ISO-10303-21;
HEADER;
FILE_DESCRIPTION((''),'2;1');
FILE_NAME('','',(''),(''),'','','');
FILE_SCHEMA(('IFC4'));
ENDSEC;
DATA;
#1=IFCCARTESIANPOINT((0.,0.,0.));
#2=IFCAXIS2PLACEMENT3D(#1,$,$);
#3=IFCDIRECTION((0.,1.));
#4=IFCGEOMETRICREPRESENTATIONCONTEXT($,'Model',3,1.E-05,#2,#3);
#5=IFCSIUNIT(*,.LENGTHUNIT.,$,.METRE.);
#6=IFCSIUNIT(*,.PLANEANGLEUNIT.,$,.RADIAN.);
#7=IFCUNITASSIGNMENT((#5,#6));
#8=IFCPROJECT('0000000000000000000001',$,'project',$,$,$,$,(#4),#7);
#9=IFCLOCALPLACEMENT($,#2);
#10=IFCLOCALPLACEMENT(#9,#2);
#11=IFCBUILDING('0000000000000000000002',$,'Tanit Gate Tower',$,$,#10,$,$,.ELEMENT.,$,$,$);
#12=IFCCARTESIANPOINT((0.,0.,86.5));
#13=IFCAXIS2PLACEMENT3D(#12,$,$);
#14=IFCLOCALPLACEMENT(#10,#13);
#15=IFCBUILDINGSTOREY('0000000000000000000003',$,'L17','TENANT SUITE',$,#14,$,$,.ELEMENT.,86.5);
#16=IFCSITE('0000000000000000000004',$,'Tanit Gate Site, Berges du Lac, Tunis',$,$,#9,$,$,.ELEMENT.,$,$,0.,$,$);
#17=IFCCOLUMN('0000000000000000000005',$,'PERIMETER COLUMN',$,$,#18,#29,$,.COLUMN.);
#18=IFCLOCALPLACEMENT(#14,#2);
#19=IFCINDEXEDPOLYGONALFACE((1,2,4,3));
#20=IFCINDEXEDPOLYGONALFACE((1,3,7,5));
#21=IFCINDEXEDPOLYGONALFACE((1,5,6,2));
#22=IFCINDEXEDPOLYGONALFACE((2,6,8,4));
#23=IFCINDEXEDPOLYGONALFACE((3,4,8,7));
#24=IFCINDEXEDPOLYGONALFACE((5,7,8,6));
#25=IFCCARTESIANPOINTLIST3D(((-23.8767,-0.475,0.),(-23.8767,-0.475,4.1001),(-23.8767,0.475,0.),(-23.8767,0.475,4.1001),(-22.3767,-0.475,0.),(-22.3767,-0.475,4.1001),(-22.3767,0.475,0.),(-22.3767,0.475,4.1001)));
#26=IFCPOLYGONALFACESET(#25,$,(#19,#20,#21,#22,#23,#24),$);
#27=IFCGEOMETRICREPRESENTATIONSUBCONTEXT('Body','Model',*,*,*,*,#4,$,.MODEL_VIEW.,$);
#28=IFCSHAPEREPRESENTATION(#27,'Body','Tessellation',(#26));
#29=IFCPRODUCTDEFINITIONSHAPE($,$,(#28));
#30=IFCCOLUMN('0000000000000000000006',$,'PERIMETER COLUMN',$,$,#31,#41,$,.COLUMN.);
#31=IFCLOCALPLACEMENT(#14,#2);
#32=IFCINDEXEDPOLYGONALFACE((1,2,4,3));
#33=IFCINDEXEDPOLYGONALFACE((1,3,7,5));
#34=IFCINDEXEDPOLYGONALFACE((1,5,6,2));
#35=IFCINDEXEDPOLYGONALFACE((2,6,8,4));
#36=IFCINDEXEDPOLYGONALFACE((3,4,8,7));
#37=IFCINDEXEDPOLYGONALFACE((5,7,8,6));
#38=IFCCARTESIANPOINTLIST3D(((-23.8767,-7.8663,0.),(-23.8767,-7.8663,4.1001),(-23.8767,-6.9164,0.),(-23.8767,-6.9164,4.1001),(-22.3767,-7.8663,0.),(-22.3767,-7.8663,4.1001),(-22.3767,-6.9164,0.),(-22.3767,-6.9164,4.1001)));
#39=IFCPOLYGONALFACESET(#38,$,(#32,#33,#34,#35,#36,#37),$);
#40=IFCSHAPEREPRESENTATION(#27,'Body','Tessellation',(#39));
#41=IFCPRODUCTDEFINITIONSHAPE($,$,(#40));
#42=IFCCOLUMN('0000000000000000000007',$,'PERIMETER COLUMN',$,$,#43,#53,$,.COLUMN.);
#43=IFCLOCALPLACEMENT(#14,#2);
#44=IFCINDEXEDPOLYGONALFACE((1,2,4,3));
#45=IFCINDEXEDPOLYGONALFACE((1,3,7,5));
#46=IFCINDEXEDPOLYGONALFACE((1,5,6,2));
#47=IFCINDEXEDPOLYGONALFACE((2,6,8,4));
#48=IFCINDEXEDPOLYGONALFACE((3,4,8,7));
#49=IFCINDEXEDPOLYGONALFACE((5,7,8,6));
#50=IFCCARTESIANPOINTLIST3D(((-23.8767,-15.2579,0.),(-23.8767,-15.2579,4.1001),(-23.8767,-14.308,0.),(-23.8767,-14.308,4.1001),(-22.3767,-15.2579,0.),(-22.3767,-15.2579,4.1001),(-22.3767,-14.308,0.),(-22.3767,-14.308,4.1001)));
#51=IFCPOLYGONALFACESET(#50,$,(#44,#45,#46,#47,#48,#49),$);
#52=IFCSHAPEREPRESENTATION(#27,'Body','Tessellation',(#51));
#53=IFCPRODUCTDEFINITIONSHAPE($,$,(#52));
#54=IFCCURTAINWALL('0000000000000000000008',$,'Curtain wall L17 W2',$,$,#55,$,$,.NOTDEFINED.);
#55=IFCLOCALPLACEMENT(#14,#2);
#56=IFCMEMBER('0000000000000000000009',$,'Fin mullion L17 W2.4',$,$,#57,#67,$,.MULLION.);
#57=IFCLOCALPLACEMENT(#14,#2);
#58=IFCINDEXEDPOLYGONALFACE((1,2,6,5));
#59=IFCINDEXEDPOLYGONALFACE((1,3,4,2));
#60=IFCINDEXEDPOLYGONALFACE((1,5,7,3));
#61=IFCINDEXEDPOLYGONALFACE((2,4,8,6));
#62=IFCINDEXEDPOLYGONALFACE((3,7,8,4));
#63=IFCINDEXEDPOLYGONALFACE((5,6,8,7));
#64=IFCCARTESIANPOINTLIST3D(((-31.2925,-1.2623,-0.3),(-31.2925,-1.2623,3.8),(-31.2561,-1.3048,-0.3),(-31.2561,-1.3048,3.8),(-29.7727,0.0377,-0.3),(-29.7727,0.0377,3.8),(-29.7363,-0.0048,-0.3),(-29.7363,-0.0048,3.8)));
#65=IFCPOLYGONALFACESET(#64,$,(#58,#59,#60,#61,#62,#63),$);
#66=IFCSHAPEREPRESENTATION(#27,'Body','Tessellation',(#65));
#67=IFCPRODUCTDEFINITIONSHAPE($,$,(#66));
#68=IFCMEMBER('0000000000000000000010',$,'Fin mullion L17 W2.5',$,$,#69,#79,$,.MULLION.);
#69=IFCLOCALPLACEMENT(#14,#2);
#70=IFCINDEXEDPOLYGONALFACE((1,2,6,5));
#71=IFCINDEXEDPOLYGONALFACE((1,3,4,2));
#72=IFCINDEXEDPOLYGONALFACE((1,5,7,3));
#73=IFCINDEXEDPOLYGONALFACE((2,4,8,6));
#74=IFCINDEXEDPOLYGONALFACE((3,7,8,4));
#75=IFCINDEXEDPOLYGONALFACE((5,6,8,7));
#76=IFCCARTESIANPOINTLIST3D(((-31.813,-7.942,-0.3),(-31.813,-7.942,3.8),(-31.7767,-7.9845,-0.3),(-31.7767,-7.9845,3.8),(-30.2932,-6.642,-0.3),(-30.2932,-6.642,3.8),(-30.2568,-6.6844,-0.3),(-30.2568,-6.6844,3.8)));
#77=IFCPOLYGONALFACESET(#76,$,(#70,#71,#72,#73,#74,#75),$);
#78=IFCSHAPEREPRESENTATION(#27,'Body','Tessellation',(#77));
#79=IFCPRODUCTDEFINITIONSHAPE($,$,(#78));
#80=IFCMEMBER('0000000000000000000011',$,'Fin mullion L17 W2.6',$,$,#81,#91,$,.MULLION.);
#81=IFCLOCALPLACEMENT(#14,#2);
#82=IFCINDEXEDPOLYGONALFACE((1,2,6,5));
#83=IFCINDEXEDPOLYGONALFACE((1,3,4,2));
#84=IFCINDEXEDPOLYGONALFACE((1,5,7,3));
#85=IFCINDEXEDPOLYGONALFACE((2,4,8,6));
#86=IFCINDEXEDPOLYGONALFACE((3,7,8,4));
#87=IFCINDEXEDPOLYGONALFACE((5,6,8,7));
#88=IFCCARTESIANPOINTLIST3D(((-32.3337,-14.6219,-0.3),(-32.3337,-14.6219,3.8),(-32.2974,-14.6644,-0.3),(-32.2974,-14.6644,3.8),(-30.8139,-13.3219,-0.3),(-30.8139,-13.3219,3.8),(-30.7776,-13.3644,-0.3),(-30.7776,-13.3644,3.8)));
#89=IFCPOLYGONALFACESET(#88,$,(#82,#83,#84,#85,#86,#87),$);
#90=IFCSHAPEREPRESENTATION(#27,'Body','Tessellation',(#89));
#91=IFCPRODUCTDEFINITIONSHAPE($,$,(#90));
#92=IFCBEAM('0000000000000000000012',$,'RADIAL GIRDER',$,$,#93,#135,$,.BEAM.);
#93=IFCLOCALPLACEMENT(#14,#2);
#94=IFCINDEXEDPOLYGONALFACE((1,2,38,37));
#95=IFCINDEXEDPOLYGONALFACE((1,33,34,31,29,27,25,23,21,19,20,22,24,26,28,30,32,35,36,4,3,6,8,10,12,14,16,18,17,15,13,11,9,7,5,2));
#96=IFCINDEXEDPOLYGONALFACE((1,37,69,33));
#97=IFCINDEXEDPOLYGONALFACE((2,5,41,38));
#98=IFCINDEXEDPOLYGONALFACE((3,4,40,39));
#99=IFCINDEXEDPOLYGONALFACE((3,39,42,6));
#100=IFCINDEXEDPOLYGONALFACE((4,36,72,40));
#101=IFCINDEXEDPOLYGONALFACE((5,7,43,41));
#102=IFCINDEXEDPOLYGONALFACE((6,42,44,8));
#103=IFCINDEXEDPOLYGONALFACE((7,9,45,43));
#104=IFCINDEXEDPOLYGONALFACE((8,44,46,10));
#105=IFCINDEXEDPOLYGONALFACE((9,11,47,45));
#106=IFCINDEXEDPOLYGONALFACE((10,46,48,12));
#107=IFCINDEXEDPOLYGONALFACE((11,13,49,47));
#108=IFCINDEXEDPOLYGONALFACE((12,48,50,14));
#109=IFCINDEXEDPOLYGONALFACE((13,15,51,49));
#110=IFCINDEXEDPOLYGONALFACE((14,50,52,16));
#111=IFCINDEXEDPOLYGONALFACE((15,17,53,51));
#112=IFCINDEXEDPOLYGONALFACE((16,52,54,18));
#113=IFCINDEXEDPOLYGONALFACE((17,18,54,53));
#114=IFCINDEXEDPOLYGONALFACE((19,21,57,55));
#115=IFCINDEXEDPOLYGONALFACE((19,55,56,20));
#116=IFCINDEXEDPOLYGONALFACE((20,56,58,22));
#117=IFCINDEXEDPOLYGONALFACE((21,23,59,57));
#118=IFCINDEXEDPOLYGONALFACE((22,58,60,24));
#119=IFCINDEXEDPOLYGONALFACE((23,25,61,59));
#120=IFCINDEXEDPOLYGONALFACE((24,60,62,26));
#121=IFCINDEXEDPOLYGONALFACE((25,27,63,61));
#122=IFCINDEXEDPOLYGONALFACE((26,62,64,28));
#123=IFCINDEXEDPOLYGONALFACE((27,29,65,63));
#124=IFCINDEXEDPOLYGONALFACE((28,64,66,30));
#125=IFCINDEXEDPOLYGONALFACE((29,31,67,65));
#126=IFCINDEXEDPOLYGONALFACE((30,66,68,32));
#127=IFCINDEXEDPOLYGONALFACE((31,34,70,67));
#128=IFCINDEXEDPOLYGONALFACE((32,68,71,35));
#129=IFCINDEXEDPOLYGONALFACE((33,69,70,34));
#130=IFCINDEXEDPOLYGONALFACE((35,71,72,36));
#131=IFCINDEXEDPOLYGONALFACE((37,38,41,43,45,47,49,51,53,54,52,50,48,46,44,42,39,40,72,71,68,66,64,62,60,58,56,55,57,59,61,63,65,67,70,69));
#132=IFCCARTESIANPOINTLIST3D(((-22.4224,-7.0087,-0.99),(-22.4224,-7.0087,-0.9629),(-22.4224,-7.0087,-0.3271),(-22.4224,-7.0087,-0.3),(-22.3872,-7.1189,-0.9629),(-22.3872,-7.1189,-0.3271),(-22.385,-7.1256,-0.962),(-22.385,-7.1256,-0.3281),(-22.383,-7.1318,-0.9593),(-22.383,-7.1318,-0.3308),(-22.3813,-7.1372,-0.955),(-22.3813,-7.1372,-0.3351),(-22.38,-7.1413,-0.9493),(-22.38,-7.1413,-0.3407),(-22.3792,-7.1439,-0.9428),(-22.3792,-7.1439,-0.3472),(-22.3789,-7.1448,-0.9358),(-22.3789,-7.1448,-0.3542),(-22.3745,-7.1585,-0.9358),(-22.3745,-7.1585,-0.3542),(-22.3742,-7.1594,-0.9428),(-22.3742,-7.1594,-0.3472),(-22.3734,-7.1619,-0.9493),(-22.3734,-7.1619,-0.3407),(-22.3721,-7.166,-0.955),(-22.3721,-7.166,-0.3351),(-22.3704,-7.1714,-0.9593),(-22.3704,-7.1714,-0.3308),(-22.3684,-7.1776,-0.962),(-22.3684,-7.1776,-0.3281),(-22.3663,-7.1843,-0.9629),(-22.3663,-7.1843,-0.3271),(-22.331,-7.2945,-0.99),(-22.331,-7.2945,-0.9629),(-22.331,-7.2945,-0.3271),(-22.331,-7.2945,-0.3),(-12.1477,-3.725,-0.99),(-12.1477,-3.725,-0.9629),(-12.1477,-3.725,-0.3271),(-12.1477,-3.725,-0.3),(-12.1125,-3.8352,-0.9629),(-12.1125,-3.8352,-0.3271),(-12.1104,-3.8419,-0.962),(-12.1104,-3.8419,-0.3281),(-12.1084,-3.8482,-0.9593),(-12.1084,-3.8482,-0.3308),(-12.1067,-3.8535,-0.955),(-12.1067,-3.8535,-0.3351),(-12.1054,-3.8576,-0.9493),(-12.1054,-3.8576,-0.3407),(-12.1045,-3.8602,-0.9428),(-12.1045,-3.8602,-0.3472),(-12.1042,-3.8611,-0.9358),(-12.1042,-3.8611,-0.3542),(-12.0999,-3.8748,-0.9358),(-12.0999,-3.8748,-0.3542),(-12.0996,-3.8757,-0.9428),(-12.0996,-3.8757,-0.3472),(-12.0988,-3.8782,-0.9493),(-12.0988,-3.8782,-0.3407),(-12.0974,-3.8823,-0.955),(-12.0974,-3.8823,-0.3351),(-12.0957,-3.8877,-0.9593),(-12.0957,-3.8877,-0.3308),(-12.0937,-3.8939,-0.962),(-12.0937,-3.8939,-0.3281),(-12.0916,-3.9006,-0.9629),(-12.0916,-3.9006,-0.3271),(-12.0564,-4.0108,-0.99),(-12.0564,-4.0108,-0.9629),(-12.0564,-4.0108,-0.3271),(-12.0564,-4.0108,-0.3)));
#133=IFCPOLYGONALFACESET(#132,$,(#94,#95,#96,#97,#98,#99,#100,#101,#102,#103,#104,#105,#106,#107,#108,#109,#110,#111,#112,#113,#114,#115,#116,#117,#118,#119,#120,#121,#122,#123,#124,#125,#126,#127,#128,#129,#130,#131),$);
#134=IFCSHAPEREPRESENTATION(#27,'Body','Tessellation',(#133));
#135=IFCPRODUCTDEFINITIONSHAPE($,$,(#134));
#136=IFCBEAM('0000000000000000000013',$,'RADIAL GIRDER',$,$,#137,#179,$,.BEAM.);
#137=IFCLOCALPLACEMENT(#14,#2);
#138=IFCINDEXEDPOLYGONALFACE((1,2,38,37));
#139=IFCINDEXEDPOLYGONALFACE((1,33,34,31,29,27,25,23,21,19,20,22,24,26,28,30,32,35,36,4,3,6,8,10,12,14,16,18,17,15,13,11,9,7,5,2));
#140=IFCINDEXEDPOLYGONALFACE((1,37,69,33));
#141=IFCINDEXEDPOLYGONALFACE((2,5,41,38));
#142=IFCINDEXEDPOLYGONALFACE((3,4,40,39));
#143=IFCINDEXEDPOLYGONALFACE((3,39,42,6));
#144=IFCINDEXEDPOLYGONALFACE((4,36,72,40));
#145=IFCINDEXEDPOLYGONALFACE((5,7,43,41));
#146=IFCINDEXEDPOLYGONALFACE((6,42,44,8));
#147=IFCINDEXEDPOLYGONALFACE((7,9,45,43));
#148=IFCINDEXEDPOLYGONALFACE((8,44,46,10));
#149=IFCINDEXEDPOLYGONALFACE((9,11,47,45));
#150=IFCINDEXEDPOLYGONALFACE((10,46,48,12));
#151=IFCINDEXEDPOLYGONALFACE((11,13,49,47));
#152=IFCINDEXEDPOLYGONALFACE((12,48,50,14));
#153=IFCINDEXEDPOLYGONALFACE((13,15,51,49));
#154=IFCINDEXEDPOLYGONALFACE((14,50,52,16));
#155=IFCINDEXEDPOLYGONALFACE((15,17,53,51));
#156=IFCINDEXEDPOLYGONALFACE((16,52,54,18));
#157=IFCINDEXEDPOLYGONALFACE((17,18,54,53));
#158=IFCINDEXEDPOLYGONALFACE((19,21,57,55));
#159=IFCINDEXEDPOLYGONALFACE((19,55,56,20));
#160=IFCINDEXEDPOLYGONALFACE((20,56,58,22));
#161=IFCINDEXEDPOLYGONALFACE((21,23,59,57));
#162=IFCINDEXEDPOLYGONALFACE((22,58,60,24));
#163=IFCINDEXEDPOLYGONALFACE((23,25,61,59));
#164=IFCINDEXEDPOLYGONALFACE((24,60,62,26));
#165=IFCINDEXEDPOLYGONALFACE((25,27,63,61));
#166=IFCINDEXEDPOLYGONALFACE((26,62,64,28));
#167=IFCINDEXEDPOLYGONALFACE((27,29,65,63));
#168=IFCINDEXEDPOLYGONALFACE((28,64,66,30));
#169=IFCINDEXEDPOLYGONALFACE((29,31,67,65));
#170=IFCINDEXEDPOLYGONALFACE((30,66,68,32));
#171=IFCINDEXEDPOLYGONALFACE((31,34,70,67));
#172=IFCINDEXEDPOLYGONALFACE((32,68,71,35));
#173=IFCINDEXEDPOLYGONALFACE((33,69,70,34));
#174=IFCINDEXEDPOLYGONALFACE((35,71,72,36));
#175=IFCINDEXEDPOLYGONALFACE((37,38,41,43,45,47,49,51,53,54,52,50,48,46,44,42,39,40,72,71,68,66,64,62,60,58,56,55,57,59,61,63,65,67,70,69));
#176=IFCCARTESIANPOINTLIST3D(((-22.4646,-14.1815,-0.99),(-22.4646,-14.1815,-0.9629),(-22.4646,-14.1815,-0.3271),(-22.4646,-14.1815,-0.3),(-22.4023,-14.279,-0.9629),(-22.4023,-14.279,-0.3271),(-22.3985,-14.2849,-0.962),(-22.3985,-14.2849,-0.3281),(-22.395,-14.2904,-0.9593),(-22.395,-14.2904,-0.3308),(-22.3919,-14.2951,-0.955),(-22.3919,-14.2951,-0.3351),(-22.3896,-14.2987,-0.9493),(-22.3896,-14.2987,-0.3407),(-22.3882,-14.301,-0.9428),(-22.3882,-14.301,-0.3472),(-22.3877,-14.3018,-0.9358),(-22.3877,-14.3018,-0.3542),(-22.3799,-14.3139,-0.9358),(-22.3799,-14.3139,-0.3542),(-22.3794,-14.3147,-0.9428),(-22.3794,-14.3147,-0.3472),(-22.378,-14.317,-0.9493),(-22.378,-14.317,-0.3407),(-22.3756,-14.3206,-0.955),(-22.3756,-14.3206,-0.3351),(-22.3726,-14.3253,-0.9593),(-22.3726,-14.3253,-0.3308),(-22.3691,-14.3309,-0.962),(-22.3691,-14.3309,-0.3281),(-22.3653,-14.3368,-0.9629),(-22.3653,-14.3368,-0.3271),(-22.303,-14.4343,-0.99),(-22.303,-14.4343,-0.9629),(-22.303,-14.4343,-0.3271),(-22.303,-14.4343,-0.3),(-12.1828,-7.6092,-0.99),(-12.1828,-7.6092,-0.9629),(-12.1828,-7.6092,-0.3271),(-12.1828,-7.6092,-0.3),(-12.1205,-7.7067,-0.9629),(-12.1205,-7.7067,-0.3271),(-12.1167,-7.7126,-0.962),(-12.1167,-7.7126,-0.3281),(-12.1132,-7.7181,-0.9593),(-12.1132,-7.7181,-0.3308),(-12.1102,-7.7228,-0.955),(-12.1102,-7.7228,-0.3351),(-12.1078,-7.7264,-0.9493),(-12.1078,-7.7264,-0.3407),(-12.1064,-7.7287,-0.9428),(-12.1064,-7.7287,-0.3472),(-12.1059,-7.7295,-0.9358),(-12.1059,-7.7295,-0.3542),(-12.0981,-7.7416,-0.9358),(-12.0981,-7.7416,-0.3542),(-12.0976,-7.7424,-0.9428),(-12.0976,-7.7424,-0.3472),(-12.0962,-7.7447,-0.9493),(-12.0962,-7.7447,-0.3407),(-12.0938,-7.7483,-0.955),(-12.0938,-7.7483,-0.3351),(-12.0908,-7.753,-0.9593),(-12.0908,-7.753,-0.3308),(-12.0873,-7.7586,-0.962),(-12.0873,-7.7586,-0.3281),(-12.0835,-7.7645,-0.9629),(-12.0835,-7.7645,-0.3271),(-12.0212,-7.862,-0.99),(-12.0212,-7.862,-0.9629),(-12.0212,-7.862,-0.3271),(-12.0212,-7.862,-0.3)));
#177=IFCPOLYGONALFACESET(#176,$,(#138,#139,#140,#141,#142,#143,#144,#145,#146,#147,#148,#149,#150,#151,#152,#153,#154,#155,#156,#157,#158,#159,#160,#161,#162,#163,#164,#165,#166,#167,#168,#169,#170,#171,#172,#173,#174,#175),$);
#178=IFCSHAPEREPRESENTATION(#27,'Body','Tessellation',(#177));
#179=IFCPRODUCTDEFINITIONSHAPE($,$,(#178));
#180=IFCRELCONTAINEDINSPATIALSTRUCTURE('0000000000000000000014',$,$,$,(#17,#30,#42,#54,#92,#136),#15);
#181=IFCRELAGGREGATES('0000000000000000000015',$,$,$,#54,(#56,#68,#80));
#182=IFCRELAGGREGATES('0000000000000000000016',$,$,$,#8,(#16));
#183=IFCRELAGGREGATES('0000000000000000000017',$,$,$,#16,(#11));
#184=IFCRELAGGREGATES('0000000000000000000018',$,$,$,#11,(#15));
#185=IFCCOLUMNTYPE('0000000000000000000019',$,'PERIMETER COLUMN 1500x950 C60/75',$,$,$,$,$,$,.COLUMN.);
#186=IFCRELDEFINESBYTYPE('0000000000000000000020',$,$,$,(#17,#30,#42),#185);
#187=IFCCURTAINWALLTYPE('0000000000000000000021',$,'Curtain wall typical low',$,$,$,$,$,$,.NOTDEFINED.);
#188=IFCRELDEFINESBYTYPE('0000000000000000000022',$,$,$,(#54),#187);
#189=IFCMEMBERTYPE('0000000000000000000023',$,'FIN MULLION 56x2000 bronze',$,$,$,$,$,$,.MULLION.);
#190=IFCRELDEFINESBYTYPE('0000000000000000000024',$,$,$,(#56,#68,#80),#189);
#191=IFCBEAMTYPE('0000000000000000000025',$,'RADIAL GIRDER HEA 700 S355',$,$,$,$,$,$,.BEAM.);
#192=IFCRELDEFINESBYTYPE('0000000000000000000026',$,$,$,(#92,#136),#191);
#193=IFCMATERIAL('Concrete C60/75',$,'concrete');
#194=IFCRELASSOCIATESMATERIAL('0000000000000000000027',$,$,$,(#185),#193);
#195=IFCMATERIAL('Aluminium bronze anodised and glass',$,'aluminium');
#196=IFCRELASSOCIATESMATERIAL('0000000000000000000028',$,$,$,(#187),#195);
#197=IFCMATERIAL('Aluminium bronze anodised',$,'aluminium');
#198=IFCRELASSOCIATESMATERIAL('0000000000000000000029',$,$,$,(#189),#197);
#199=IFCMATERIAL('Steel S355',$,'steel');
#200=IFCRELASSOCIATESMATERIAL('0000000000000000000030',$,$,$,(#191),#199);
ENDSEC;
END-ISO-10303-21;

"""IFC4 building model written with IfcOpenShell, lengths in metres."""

from ifc_helpers import new_model, si_unit, direction, frame, origin, origin_2d, place, context, subcontext, project, spatial, rectangle, i_section, extrude, material, material_profile, profile_set, type_object, element, aggregate, save


model = new_model("IFC4")

# Units and contexts
model_context = context("Model", 3, precision=1e-05, world=origin(), true_north=direction((0.0, 1.0)))
body_context = subcontext(model_context, "Body", "Model", "MODEL_VIEW")
ifc_project = project(units=[si_unit("LENGTHUNIT", "METRE"), si_unit("PLANEANGLEUNIT", "RADIAN")], contexts=[model_context])

# Site, building, storey
site_placement = place(None, origin())
site = spatial("IfcSite", under=ifc_project, at=site_placement, Name="Tanit Gate Site, Berges du Lac, Tunis", CompositionType="ELEMENT", RefElevation=0.0)
building_placement = place(site_placement, origin())
building = spatial("IfcBuilding", under=site, at=building_placement, Name="Tanit Gate Tower", CompositionType="ELEMENT")
storey_placement = place(building_placement, frame((0.0, 0.0, 86.5)))
storey = spatial("IfcBuildingStorey", under=building, at=storey_placement, Name="L17", Description="TENANT SUITE", CompositionType="ELEMENT", Elevation=86.5)

# Columns
ifc_material_1 = material(Name="Concrete C60/75", Category="concrete")
ifc_material_profile_1 = material_profile(ifc_material_1, rectangle(XDim=1.5, YDim=0.95, at=origin_2d()), Name="RC 1500x950")
ifc_profile_set_1 = profile_set([ifc_material_profile_1], Name="Concrete C60/75")
column_type = type_object("IfcColumnType", Name="PERIMETER COLUMN 1500x950 C60/75", PredefinedType="COLUMN", material=ifc_profile_set_1)
for number, where, z_axis, x_axis, name in (
    (1, (-23.1267, 0.0, 0.0), (0.0, 0.0, 1.0), (-1.0, 0.0, 0.0), "PERIMETER COLUMN"),
    (2, (-23.1267, -7.3914, 0.0), (0.0, 0.0, 1.0), (-1.0, 0.0, 0.0), "PERIMETER COLUMN"),
    (3, (-23.1267, -14.783, 0.0), (0.0, 0.0, 1.0), (-1.0, 0.0, 0.0), "PERIMETER COLUMN"),
):
    element("IfcColumn", number, at=place(storey_placement, frame(where, z_axis=z_axis, x_axis=x_axis)), inside=storey, type_object=column_type, Name=name, PredefinedType="COLUMN", context=body_context, shape_type="SweptSolid", body=[
        extrude(rectangle(XDim=1.5, YDim=0.95, at=origin_2d()), origin(), (0.0, 0.0, 1.0), 4.1001),
    ])

# Curtain wall, members
ifc_material_2 = material(Name="Aluminium bronze anodised and glass", Category="aluminium")
curtain_wall_type = type_object("IfcCurtainWallType", Name="Curtain wall typical low", PredefinedType="NOTDEFINED", material=ifc_material_2)
curtain_wall_placement = place(storey_placement, origin())
curtain_wall = element("IfcCurtainWall", 4, at=curtain_wall_placement, inside=storey, type_object=curtain_wall_type, Name="Curtain wall L17 W2", PredefinedType="NOTDEFINED")
ifc_material_3 = material(Name="Aluminium bronze anodised", Category="aluminium")
ifc_material_profile_2 = material_profile(ifc_material_3, rectangle(XDim=2.0, YDim=0.0559, at=origin_2d()), Name="56x2000 bronze fin mullion")
ifc_profile_set_2 = profile_set([ifc_material_profile_2], Name="Aluminium bronze anodised")
member_type_1 = type_object("IfcMemberType", Name="FIN MULLION 56x2000 bronze", PredefinedType="MULLION", material=ifc_profile_set_2)
member_1_placement = place(storey_placement, frame((-30.5144, -0.6335, -0.3), z_axis=(0.0, 0.0, 1.0), x_axis=(0.759912, 0.650026, 0.0)))
member_1 = element("IfcMember", 5, at=member_1_placement, type_object=member_type_1, Name="Fin mullion L17 W2.4", PredefinedType="MULLION", context=body_context, shape_type="SweptSolid", body=[
    extrude(rectangle(XDim=2.0, YDim=0.0559, at=origin_2d()), origin(), (0.0, 0.0, 1.0), 4.1001),
])
member_2_placement = place(storey_placement, frame((-31.0349, -7.3132, -0.3), z_axis=(0.0, 0.0, 1.0), x_axis=(0.759912, 0.650026, 0.0)))
member_2 = element("IfcMember", 6, at=member_2_placement, type_object=member_type_1, Name="Fin mullion L17 W2.5", PredefinedType="MULLION", context=body_context, shape_type="SweptSolid", body=[
    extrude(rectangle(XDim=2.0, YDim=0.0559, at=origin_2d()), origin(), (0.0, 0.0, 1.0), 4.1001),
])
member_3_placement = place(storey_placement, frame((-31.5557, -13.9932, -0.3), z_axis=(0.0, 0.0, 1.0), x_axis=(0.759912, 0.650026, 0.0)))
member_3 = element("IfcMember", 7, at=member_3_placement, type_object=member_type_1, Name="Fin mullion L17 W2.6", PredefinedType="MULLION", context=body_context, shape_type="SweptSolid", body=[
    extrude(rectangle(XDim=2.0, YDim=0.0559, at=origin_2d()), origin(), (0.0, 0.0, 1.0), 4.1001),
])

# Beams
ifc_material_4 = material(Name="Steel S355", Category="steel")
ifc_material_profile_3 = material_profile(ifc_material_4, i_section(OverallWidth=0.3, OverallDepth=0.6899, WebThickness=0.0144, FlangeThickness=0.0271, FilletRadius=0.0271, at=origin_2d()), Name="HEA 700")
ifc_profile_set_3 = profile_set([ifc_material_profile_3], Name="Steel S355")
beam_type = type_object("IfcBeamType", Name="RADIAL GIRDER HEA 700 S355", PredefinedType="BEAM", material=ifc_profile_set_3)
beam_1_placement = place(storey_placement, frame((-22.3767, -7.1516, -0.645), z_axis=(0.952537, 0.304423, 0.0), x_axis=(-0.304423, 0.952537, 0.0)))
element("IfcBeam", 8, at=beam_1_placement, inside=storey, type_object=beam_type, Name="RADIAL GIRDER", PredefinedType="BEAM", context=body_context, shape_type="SweptSolid", body=[
    extrude(i_section(OverallWidth=0.3, OverallDepth=0.6899, WebThickness=0.0144, FlangeThickness=0.0271, FilletRadius=0.0271, at=origin_2d()), origin(), (0.0, 0.0, 1.0), 10.7866),
])
beam_2_placement = place(storey_placement, frame((-22.3838, -14.3079, -0.645), z_axis=(0.842571, 0.538586, 0.0), x_axis=(-0.538586, 0.842571, 0.0)))
element("IfcBeam", 9, at=beam_2_placement, inside=storey, type_object=beam_type, Name="RADIAL GIRDER", PredefinedType="BEAM", context=body_context, shape_type="SweptSolid", body=[
    extrude(i_section(OverallWidth=0.3, OverallDepth=0.6899, WebThickness=0.0144, FlangeThickness=0.0271, FilletRadius=0.0271, at=origin_2d()), origin(), (0.0, 0.0, 1.0), 12.2029),
])

aggregate(curtain_wall, [member_1, member_2, member_3])

save(model, "model.ifc")
